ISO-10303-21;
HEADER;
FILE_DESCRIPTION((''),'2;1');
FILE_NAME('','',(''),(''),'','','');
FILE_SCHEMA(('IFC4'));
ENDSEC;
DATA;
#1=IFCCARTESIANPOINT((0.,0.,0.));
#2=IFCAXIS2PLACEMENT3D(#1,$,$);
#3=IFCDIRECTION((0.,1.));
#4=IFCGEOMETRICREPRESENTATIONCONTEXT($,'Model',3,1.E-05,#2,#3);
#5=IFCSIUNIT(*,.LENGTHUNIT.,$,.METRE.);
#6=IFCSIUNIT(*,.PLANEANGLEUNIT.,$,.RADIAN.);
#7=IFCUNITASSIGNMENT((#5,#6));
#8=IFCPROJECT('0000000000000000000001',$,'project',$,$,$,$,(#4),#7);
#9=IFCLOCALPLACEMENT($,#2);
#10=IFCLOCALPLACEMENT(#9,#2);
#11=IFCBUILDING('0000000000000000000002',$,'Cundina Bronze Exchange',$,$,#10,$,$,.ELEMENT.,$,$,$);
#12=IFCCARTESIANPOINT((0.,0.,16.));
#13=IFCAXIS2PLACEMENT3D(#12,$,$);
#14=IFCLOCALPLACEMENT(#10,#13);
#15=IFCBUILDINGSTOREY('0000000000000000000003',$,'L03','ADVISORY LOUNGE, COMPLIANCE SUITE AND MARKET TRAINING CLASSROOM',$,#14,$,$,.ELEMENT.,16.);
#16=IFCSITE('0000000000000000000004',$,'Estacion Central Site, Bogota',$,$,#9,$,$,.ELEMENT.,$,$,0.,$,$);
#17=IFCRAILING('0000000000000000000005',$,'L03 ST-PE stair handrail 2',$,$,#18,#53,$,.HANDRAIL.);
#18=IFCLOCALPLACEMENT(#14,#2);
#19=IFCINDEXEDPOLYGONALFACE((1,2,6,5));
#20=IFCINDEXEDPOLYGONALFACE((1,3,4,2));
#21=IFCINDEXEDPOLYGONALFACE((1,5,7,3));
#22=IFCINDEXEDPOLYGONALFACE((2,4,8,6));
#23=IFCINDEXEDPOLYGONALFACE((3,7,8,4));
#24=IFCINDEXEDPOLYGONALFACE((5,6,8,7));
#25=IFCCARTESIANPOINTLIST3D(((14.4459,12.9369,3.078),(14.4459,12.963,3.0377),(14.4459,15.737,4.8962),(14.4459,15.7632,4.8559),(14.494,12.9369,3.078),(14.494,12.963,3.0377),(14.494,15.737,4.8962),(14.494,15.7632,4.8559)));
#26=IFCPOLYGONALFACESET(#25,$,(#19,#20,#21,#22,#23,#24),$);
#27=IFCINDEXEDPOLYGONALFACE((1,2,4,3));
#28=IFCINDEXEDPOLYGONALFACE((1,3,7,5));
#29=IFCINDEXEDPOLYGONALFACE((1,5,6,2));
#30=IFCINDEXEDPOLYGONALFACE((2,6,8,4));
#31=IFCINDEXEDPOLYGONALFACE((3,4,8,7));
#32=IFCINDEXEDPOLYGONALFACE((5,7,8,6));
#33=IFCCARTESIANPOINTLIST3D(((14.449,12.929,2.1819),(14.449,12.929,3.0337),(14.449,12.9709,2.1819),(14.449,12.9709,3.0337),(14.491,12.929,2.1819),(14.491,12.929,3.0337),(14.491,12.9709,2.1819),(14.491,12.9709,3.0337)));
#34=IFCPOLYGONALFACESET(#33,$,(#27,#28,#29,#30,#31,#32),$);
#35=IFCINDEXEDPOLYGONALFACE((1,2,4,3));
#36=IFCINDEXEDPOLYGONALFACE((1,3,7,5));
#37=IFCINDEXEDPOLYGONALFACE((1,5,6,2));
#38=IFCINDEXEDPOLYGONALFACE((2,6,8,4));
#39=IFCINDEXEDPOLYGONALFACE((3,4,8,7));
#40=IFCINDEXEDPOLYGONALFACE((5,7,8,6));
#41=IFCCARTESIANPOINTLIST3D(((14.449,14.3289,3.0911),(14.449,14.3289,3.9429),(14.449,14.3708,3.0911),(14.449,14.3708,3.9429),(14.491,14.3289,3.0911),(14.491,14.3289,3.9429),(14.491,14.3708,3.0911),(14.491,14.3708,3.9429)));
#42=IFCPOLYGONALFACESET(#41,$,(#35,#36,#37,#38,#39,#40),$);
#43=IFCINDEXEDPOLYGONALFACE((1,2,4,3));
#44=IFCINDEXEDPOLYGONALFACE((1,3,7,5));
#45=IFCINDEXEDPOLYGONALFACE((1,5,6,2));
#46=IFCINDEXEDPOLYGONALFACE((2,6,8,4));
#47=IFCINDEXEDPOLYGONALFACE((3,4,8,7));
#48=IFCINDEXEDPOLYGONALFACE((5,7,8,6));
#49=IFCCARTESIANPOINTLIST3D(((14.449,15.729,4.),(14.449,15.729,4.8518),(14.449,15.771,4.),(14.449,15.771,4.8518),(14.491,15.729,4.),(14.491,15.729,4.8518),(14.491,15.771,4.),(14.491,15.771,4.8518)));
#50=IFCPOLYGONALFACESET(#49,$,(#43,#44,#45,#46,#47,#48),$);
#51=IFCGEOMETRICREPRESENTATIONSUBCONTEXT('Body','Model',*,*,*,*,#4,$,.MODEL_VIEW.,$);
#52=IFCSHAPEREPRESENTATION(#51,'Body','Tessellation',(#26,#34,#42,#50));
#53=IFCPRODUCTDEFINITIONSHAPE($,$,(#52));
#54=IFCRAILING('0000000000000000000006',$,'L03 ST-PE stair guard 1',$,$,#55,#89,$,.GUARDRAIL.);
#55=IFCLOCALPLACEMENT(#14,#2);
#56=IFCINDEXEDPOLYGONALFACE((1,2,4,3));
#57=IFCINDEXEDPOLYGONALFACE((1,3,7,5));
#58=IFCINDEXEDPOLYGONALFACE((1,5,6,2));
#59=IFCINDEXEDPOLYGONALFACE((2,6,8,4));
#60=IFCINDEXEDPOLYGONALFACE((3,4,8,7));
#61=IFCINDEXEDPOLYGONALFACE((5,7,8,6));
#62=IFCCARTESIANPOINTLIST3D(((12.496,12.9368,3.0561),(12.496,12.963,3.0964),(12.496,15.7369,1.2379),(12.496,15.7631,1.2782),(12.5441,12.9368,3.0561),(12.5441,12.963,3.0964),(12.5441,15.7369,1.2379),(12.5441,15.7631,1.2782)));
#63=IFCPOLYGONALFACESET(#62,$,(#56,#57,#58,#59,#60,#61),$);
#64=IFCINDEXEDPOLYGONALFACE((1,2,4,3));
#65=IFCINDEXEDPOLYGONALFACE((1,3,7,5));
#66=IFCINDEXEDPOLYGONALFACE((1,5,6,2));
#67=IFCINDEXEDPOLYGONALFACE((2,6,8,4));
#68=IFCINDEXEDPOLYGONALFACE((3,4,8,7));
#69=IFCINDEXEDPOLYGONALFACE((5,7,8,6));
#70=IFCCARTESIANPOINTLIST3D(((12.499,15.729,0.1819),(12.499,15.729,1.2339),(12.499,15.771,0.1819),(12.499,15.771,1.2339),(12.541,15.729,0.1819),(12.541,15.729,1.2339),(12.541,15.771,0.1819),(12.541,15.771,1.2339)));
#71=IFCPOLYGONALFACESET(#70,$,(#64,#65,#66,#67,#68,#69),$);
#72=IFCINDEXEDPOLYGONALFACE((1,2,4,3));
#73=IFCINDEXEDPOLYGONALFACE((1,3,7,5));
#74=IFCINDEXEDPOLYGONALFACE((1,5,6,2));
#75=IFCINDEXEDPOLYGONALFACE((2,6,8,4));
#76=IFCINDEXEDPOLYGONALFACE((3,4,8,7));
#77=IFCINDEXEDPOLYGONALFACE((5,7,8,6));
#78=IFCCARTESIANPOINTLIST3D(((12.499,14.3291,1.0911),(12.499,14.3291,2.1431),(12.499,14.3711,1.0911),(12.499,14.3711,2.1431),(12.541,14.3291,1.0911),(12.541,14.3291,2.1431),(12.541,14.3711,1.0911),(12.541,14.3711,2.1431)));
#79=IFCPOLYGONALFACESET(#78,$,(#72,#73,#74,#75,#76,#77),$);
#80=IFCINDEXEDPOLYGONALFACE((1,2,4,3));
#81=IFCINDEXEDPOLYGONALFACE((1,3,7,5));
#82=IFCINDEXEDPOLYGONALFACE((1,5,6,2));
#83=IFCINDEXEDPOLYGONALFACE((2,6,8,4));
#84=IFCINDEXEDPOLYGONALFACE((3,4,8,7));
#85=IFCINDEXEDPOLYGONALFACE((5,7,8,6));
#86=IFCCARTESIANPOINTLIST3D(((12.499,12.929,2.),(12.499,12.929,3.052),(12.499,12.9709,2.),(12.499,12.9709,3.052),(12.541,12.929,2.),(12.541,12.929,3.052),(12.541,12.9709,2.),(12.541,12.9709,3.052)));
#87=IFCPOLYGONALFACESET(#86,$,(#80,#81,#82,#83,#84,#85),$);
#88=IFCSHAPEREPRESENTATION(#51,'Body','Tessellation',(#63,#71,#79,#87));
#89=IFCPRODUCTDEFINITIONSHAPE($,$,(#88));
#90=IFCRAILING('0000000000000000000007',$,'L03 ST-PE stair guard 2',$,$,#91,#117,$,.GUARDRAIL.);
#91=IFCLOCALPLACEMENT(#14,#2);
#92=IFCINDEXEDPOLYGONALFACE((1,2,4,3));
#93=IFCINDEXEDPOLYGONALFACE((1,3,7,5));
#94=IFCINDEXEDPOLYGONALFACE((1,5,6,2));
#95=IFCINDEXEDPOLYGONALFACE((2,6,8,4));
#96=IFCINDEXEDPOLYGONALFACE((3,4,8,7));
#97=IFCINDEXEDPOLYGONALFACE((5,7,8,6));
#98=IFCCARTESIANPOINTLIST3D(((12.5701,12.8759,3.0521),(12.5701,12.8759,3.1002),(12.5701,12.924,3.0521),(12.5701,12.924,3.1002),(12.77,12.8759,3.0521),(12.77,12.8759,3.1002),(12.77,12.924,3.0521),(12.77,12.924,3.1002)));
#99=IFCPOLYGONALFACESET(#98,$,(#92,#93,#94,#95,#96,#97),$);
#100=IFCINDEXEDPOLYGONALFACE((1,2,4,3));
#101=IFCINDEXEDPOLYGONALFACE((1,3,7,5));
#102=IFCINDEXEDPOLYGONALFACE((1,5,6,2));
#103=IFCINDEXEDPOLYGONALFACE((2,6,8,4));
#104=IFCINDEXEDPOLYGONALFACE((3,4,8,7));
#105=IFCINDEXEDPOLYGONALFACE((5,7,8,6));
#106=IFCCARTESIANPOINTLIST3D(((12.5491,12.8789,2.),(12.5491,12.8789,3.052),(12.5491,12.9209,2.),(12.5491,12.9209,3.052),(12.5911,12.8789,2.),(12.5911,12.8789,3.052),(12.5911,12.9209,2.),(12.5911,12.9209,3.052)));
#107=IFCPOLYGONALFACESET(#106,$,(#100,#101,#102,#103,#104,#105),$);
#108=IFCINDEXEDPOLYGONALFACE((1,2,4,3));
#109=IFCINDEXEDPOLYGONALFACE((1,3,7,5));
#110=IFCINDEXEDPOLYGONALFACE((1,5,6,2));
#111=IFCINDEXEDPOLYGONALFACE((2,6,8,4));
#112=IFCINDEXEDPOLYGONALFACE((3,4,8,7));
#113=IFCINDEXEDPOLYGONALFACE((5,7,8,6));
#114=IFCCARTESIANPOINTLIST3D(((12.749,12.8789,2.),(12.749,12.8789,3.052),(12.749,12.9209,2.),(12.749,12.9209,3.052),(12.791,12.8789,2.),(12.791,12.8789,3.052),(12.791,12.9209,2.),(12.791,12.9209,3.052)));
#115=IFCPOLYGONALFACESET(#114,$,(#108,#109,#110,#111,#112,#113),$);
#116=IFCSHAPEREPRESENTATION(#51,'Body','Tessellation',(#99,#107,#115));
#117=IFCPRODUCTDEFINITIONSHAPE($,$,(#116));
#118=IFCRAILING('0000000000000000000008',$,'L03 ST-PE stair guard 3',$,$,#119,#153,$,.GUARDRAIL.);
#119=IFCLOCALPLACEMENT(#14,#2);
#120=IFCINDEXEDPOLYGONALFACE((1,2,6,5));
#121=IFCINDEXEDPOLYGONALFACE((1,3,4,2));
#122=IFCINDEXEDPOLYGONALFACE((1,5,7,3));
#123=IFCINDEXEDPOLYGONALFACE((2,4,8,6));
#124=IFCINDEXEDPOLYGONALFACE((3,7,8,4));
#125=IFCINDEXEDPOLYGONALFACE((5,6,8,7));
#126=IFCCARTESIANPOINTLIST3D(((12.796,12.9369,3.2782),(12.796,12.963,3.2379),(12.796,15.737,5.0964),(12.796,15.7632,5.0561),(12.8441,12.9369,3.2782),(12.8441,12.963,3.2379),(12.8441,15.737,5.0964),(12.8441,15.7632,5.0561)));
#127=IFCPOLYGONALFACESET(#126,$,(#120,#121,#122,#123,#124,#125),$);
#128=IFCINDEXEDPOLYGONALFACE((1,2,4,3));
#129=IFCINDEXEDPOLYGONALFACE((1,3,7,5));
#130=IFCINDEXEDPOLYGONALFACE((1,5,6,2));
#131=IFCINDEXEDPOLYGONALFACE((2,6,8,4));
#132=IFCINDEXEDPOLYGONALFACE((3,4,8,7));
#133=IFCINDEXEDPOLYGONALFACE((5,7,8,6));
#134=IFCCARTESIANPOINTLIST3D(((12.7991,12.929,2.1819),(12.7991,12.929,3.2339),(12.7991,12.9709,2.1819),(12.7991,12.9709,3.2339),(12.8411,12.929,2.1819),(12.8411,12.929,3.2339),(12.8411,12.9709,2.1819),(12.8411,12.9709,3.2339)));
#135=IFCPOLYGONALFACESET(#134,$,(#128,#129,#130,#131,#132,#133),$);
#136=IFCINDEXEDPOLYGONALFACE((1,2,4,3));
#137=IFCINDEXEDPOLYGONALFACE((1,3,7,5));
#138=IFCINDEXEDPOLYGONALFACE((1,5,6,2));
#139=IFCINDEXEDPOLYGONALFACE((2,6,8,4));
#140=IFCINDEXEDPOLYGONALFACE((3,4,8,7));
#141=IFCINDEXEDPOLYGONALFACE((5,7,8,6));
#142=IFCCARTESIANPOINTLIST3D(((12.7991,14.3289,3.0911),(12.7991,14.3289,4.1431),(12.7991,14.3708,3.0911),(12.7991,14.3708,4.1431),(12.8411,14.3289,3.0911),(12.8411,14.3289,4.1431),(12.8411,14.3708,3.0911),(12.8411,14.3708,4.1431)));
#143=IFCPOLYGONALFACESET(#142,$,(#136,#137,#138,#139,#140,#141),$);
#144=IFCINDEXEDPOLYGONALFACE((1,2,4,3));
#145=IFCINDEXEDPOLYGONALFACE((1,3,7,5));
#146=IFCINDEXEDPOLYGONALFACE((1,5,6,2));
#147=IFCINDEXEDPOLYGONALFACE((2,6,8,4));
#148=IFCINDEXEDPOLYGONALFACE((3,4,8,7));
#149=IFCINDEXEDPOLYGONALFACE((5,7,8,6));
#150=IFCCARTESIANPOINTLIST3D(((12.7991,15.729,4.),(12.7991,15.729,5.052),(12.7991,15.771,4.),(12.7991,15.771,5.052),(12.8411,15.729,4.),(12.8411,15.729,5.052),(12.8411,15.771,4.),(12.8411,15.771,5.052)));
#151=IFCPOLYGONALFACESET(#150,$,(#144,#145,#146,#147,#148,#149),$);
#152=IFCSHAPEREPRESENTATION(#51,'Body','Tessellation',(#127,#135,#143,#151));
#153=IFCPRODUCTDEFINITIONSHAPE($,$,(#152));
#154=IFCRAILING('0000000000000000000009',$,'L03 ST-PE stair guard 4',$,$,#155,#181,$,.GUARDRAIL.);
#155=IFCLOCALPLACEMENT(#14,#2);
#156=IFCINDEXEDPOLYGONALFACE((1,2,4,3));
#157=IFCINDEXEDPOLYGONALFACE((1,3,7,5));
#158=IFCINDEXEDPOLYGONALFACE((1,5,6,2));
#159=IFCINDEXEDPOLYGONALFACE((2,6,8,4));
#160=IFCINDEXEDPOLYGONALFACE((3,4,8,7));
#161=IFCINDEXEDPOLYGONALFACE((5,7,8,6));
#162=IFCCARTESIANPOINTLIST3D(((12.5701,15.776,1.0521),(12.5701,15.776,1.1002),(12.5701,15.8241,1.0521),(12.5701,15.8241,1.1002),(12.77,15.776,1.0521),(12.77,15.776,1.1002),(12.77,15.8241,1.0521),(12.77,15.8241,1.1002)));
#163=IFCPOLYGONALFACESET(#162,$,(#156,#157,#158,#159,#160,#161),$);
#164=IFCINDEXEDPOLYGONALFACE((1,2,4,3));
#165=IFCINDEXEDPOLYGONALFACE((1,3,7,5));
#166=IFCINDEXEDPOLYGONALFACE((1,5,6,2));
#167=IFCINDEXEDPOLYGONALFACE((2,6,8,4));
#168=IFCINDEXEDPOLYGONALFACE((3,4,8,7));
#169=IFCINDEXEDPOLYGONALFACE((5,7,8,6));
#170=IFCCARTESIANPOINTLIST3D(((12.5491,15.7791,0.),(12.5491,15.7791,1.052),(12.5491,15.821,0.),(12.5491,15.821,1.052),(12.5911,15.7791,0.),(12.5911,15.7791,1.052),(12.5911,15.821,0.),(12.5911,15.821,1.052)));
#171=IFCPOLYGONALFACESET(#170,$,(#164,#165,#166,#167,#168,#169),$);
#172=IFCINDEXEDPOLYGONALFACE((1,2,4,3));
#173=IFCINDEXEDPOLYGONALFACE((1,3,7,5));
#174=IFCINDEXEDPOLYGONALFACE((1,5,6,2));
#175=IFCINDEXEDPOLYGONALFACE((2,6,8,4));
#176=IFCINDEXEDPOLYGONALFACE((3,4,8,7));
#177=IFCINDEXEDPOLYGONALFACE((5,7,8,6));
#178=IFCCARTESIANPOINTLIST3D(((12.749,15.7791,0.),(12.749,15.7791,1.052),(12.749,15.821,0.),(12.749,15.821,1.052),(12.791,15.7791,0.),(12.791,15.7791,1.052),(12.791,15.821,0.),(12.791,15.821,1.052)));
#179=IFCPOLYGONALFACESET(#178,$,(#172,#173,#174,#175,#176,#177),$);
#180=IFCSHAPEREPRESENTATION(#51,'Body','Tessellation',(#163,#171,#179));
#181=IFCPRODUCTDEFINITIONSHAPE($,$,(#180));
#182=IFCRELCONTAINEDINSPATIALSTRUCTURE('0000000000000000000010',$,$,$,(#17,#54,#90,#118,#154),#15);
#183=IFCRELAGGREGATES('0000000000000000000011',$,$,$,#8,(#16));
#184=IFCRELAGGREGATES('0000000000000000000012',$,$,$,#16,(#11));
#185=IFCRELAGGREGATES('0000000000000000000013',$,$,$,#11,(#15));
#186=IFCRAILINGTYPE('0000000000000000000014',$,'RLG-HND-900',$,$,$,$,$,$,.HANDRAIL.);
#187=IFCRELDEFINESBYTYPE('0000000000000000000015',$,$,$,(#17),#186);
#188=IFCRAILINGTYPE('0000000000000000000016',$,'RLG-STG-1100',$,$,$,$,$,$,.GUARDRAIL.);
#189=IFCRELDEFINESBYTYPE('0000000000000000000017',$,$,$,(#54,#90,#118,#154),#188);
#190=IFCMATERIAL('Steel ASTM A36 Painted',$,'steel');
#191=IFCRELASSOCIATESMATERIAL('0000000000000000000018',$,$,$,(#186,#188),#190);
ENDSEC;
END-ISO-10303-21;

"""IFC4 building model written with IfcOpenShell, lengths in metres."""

from ifc_helpers import new_model, si_unit, direction, frame, origin, origin_2d, place, context, subcontext, project, spatial, rectangle, extrude, material, type_object, element, save


model = new_model("IFC4")

# Units and contexts
model_context = context("Model", 3, precision=1e-05, world=origin(), true_north=direction((0.0, 1.0)))
body_context = subcontext(model_context, "Body", "Model", "MODEL_VIEW")
ifc_project = project(units=[si_unit("LENGTHUNIT", "METRE"), si_unit("PLANEANGLEUNIT", "RADIAN")], contexts=[model_context])

# Site, building, storey
site_placement = place(None, origin())
site = spatial("IfcSite", under=ifc_project, at=site_placement, Name="Estacion Central Site, Bogota", CompositionType="ELEMENT", RefElevation=0.0)
building_placement = place(site_placement, origin())
building = spatial("IfcBuilding", under=site, at=building_placement, Name="Cundina Bronze Exchange", CompositionType="ELEMENT")
storey_placement = place(building_placement, frame((0.0, 0.0, 16.0)))
storey = spatial("IfcBuildingStorey", under=building, at=storey_placement, Name="L03", Description="ADVISORY LOUNGE, COMPLIANCE SUITE AND MARKET TRAINING CLASSROOM", CompositionType="ELEMENT", Elevation=16.0)

# Shared definitions
ifc_material_1 = material(Name="Steel ASTM A36 Painted", Category="steel")

# Railings
railing_type_1 = type_object("IfcRailingType", Name="RLG-HND-900", PredefinedType="HANDRAIL", material=ifc_material_1)
railing_1_placement = place(storey_placement, frame((14.47, 12.95, 2.1819)))
element("IfcRailing", 1, at=railing_1_placement, inside=storey, type_object=railing_type_1, Name="L03 ST-PE stair handrail 2", PredefinedType="HANDRAIL", context=body_context, shape_type="SweptSolid", body=[
    extrude(rectangle(XDim=0.0481, YDim=0.0481, at=origin_2d()), frame((0.0, 0.0, 0.876), z_axis=(0.0, 0.838706, 0.544585), x_axis=(-1.0, 0.0, 0.0)), (0.0, 0.0, 1.0), 3.3386),
    extrude(rectangle(XDim=0.042, YDim=0.042, at=origin_2d()), origin(), (0.0, 0.0, 1.0), 0.8518),
    extrude(rectangle(XDim=0.042, YDim=0.042, at=origin_2d()), frame((0.0, 1.3999, 0.9092)), (0.0, 0.0, 1.0), 0.8518),
    extrude(rectangle(XDim=0.042, YDim=0.042, at=origin_2d()), frame((0.0, 2.8, 1.8181)), (0.0, 0.0, 1.0), 0.8518),
])
railing_type_2 = type_object("IfcRailingType", Name="RLG-STG-1100", PredefinedType="GUARDRAIL", material=ifc_material_1)
railing_2_placement = place(storey_placement, frame((12.52, 15.75, 0.1819)))
element("IfcRailing", 2, at=railing_2_placement, inside=storey, type_object=railing_type_2, Name="L03 ST-PE stair guard 1", PredefinedType="GUARDRAIL", context=body_context, shape_type="SweptSolid", body=[
    extrude(rectangle(XDim=0.0481, YDim=0.0481, at=origin_2d()), frame((0.0, 0.0, 1.0762), z_axis=(0.0, -0.838706, 0.544585), x_axis=(1.0, 0.0, 0.0)), (0.0, 0.0, 1.0), 3.3386),
    extrude(rectangle(XDim=0.042, YDim=0.042, at=origin_2d()), origin(), (0.0, 0.0, 1.0), 1.052),
    extrude(rectangle(XDim=0.042, YDim=0.042, at=origin_2d()), frame((0.0, -1.3999, 0.9092)), (0.0, 0.0, 1.0), 1.052),
    extrude(rectangle(XDim=0.042, YDim=0.042, at=origin_2d()), frame((0.0, -2.8, 1.8181)), (0.0, 0.0, 1.0), 1.052),
])
railing_3_placement = place(storey_placement, frame((12.5701, 12.8999, 2.0)))
element("IfcRailing", 3, at=railing_3_placement, inside=storey, type_object=railing_type_2, Name="L03 ST-PE stair guard 2", PredefinedType="GUARDRAIL", context=body_context, shape_type="SweptSolid", body=[
    extrude(rectangle(XDim=0.0481, YDim=0.0481, at=origin_2d()), frame((0.0, 0.0, 1.0762), z_axis=(1.0, 0.0, 0.0), x_axis=(0.0, 1.0, 0.0)), (0.0, 0.0, 1.0), 0.2),
    extrude(rectangle(XDim=0.042, YDim=0.042, at=origin_2d()), origin(), (0.0, 0.0, 1.0), 1.052),
    extrude(rectangle(XDim=0.042, YDim=0.042, at=origin_2d()), frame((0.2, 0.0, 0.0)), (0.0, 0.0, 1.0), 1.052),
])
railing_4_placement = place(storey_placement, frame((12.8201, 12.95, 2.1819)))
element("IfcRailing", 4, at=railing_4_placement, inside=storey, type_object=railing_type_2, Name="L03 ST-PE stair guard 3", PredefinedType="GUARDRAIL", context=body_context, shape_type="SweptSolid", body=[
    extrude(rectangle(XDim=0.0481, YDim=0.0481, at=origin_2d()), frame((0.0, 0.0, 1.0762), z_axis=(0.0, 0.838706, 0.544585), x_axis=(-1.0, 0.0, 0.0)), (0.0, 0.0, 1.0), 3.3386),
    extrude(rectangle(XDim=0.042, YDim=0.042, at=origin_2d()), origin(), (0.0, 0.0, 1.0), 1.052),
    extrude(rectangle(XDim=0.042, YDim=0.042, at=origin_2d()), frame((0.0, 1.3999, 0.9092)), (0.0, 0.0, 1.0), 1.052),
    extrude(rectangle(XDim=0.042, YDim=0.042, at=origin_2d()), frame((0.0, 2.8, 1.8181)), (0.0, 0.0, 1.0), 1.052),
])
railing_5_placement = place(storey_placement, frame((12.5701, 15.8, 0.0)))
element("IfcRailing", 5, at=railing_5_placement, inside=storey, type_object=railing_type_2, Name="L03 ST-PE stair guard 4", PredefinedType="GUARDRAIL", context=body_context, shape_type="SweptSolid", body=[
    extrude(rectangle(XDim=0.0481, YDim=0.0481, at=origin_2d()), frame((0.0, 0.0, 1.0762), z_axis=(1.0, 0.0, 0.0), x_axis=(0.0, 1.0, 0.0)), (0.0, 0.0, 1.0), 0.2),
    extrude(rectangle(XDim=0.042, YDim=0.042, at=origin_2d()), origin(), (0.0, 0.0, 1.0), 1.052),
    extrude(rectangle(XDim=0.042, YDim=0.042, at=origin_2d()), frame((0.2, 0.0, 0.0)), (0.0, 0.0, 1.0), 1.052),
])

save(model, "model.ifc")
